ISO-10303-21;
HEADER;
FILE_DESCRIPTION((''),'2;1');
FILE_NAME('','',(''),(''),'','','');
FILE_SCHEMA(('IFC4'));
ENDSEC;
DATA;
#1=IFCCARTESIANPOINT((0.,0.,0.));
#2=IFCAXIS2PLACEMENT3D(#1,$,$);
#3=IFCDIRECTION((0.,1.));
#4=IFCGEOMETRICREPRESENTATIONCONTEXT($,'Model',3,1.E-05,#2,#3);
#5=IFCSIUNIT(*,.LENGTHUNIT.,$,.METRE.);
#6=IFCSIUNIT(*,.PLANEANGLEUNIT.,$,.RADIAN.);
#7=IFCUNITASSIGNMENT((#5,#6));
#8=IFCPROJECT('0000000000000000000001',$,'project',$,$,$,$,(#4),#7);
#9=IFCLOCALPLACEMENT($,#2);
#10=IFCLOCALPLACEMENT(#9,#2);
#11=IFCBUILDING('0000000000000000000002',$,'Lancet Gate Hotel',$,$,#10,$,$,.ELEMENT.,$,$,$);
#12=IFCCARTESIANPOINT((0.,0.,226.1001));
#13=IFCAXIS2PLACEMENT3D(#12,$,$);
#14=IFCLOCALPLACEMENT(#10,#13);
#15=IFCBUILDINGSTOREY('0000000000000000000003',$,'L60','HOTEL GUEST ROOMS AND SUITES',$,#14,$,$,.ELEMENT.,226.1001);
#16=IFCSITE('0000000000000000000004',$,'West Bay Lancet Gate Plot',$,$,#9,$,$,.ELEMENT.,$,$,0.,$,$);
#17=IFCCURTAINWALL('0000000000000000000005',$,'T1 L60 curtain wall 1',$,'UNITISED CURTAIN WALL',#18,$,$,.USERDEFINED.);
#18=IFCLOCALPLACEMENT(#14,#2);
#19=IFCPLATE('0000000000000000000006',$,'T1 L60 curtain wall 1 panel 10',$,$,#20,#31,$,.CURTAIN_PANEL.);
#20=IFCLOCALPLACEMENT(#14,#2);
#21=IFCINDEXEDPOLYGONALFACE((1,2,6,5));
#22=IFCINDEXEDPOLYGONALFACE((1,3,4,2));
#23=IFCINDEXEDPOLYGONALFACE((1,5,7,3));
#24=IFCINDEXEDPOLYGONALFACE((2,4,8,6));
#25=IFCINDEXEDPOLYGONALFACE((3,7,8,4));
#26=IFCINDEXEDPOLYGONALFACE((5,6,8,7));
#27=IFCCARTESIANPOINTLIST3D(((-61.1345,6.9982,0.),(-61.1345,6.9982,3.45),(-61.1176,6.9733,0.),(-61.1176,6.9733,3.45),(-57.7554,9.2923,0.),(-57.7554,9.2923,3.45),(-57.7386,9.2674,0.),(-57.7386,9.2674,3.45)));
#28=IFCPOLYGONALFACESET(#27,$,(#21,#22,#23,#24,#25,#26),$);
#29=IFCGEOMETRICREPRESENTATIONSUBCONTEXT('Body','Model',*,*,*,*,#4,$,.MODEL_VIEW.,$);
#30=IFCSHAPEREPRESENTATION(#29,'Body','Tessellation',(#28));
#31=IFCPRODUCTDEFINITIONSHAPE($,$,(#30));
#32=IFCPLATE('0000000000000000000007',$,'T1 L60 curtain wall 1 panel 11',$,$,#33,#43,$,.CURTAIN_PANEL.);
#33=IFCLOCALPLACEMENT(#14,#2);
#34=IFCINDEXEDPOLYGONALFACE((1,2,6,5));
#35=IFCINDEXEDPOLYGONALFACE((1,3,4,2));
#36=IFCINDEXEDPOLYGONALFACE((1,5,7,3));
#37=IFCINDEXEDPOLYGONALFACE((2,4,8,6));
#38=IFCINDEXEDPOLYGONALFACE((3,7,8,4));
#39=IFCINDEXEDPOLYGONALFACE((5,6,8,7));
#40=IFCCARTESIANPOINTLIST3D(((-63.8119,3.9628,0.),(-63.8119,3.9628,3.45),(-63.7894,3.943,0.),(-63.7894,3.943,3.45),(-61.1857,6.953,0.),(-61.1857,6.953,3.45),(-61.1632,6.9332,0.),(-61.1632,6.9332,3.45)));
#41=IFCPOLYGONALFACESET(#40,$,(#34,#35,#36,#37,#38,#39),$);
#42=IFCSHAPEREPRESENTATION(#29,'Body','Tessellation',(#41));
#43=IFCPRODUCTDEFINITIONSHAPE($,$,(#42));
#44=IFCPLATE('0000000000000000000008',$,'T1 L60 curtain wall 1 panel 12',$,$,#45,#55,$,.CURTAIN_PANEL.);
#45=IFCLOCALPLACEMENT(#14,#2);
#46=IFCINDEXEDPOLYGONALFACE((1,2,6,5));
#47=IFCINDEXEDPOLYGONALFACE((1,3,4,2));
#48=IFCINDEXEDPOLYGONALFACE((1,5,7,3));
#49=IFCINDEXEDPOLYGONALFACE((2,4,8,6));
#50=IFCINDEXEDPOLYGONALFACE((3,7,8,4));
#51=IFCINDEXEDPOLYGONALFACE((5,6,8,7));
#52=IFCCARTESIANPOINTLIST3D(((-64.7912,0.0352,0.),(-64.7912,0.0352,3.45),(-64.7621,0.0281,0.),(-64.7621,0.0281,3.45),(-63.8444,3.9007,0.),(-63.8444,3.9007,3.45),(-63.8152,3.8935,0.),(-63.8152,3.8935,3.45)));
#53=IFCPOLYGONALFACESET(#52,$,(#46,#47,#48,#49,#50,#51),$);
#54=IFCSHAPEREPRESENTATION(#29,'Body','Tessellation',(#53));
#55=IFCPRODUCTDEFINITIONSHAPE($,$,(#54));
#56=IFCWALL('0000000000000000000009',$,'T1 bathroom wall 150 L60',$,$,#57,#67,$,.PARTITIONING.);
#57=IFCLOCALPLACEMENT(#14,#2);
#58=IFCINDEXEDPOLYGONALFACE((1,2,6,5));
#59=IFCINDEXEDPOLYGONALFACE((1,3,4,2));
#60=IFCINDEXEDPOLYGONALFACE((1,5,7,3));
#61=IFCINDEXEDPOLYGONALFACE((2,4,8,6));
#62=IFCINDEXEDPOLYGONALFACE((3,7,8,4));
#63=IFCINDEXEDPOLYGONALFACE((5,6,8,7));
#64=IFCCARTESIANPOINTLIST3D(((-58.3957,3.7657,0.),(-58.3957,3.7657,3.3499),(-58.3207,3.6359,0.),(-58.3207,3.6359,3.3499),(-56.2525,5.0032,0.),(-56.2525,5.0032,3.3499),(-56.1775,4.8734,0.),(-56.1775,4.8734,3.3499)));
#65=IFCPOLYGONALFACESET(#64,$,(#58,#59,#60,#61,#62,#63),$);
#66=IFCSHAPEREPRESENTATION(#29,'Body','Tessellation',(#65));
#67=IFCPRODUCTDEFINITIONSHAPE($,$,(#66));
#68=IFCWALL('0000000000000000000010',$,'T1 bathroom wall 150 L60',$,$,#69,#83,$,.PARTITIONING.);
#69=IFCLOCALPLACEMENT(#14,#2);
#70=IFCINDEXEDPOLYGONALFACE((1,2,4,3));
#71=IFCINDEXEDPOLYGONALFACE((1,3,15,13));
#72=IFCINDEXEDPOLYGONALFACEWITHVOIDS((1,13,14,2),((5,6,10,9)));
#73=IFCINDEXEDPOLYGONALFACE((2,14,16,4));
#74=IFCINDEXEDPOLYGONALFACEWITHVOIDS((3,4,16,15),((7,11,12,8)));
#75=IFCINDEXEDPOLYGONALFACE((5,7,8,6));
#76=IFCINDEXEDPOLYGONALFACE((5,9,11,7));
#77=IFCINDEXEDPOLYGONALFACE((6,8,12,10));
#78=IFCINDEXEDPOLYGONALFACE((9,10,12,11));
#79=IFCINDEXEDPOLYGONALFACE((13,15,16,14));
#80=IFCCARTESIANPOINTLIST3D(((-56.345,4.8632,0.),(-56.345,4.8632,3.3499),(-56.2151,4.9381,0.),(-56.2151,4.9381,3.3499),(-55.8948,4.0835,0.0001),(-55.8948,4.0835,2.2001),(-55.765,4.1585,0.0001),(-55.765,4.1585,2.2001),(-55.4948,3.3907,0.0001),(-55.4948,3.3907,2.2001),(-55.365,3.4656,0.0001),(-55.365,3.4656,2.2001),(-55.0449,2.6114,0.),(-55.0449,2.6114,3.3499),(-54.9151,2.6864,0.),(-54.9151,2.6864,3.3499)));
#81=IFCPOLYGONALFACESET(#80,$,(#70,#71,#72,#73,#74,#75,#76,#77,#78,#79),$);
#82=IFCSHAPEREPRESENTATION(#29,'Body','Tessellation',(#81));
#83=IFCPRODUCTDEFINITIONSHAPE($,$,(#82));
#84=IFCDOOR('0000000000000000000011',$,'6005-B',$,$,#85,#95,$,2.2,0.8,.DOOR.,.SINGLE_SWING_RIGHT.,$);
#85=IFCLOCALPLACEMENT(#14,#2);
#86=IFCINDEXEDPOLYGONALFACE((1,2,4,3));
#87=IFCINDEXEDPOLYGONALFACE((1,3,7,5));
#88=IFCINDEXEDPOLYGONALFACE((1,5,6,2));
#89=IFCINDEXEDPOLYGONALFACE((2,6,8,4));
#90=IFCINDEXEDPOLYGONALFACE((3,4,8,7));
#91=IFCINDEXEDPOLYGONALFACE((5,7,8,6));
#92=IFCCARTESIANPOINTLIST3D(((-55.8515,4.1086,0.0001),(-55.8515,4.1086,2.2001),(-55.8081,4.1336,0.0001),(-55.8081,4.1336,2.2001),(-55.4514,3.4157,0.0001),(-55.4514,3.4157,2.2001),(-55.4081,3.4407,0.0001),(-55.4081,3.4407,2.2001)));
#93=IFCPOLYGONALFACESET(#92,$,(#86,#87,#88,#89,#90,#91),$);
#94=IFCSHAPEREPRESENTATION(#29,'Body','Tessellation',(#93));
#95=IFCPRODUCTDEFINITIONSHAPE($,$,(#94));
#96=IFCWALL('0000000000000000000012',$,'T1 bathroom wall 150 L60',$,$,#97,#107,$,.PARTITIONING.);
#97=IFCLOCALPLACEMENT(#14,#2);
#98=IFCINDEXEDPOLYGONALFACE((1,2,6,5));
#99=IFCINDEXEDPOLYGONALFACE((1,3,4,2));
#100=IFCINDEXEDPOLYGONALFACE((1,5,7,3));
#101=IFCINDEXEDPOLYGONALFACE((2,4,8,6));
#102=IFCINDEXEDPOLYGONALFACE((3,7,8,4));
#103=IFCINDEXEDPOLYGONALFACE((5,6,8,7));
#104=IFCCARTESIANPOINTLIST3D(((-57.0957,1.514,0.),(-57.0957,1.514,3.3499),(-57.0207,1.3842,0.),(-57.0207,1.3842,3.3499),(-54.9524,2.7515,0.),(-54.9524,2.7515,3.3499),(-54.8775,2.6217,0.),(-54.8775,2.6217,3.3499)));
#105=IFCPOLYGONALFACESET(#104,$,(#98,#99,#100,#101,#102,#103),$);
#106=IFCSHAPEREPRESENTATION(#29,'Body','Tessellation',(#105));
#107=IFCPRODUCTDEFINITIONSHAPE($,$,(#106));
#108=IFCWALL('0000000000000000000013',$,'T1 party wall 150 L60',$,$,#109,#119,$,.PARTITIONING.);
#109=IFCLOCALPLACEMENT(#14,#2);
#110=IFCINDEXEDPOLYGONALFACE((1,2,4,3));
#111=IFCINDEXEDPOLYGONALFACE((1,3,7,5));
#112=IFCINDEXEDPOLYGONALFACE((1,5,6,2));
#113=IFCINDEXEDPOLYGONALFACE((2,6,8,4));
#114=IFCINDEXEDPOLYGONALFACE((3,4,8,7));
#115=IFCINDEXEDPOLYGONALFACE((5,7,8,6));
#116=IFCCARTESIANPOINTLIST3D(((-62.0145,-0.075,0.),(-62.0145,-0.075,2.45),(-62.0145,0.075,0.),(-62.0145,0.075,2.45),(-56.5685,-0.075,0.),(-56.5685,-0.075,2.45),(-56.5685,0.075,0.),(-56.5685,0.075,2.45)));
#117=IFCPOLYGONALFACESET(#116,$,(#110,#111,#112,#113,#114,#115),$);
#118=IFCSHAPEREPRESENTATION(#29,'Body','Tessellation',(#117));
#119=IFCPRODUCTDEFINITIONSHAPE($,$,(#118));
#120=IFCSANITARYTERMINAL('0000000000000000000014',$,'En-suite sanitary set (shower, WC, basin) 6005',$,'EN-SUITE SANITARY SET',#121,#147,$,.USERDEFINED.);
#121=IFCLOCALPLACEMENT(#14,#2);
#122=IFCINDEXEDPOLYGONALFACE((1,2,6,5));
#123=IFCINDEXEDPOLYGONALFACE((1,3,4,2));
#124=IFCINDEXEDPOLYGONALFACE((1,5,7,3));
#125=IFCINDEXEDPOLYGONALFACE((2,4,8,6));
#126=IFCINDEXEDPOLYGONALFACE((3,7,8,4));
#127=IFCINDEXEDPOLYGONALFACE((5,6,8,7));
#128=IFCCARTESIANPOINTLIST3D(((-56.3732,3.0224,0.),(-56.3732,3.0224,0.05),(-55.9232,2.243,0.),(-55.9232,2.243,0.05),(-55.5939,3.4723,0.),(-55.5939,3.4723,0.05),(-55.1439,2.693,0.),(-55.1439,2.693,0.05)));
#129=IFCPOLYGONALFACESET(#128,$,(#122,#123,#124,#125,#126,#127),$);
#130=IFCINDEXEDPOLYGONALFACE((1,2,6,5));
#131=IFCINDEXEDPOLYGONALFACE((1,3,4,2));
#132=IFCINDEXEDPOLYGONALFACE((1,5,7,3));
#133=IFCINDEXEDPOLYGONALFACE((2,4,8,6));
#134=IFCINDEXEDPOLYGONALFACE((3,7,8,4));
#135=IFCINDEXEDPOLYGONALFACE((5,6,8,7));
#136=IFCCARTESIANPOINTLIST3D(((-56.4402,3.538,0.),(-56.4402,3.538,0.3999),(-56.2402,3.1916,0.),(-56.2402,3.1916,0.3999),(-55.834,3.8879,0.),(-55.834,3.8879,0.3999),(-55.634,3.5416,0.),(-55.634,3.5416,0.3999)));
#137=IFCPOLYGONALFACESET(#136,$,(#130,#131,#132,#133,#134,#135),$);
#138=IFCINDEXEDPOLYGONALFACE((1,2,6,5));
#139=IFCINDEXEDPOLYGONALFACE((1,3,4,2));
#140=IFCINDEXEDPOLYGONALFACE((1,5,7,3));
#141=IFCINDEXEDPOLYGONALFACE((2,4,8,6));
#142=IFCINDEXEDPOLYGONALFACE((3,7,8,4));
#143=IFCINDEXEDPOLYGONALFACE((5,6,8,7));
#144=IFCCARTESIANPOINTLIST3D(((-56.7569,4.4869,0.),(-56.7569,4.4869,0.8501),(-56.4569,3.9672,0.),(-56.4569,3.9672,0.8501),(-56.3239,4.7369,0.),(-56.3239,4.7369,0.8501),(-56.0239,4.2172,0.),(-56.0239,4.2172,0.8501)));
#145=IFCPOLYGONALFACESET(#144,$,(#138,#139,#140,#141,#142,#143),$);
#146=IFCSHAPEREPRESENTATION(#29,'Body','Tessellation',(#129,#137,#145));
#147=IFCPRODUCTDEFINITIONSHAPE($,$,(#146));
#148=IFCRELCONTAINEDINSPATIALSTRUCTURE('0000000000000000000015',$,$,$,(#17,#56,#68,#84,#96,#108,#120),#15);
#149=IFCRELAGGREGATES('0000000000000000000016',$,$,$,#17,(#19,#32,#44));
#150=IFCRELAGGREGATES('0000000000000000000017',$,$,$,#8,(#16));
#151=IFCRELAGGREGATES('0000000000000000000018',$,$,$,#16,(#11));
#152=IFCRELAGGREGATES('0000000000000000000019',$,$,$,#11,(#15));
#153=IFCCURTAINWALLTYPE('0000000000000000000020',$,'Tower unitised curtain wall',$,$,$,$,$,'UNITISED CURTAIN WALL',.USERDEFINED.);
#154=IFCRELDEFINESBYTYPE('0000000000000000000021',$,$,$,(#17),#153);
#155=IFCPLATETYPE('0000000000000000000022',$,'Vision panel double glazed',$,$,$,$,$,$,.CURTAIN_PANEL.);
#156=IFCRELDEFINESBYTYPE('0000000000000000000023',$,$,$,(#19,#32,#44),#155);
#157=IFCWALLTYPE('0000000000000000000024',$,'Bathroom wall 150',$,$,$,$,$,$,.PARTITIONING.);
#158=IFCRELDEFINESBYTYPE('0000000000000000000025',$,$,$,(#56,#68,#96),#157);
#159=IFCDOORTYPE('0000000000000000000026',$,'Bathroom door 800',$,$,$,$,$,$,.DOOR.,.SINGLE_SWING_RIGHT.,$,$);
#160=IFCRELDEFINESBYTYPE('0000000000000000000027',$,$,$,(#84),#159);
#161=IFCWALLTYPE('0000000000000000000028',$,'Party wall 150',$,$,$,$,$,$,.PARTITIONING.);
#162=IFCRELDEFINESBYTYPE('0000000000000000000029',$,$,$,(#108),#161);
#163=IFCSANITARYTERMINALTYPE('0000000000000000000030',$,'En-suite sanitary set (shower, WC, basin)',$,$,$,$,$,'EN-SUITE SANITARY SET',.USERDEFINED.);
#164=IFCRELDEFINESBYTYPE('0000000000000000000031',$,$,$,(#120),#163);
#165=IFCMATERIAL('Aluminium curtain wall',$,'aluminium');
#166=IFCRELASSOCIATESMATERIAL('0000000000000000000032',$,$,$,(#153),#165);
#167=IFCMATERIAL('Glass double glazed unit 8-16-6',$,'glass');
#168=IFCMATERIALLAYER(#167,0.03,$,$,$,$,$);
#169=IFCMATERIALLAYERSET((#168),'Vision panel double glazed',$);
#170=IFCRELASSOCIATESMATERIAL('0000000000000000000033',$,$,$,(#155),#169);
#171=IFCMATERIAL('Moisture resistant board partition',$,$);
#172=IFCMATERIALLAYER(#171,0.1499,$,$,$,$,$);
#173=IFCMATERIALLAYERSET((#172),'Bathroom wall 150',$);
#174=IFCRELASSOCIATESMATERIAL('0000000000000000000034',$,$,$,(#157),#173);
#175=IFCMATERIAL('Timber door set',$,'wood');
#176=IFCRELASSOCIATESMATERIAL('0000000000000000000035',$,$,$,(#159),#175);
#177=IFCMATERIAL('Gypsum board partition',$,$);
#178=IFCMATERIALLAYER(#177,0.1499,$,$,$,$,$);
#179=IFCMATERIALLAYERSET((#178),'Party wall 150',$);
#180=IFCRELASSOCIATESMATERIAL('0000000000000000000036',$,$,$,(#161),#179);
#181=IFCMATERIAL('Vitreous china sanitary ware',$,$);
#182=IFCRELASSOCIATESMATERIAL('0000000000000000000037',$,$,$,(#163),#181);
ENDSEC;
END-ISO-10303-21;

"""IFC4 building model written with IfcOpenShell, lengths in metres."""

from ifc_helpers import new_model, si_unit, direction, frame, frame_2d, origin, origin_2d, place, context, subcontext, project, spatial, rectangle, extrude, material, layer, layer_set, type_object, element, fill, aggregate, save


model = new_model("IFC4")

# Units and contexts
model_context = context("Model", 3, precision=1e-05, world=origin(), true_north=direction((0.0, 1.0)))
body_context = subcontext(model_context, "Body", "Model", "MODEL_VIEW")
ifc_project = project(units=[si_unit("LENGTHUNIT", "METRE"), si_unit("PLANEANGLEUNIT", "RADIAN")], contexts=[model_context])

# Site, building, storey
site_placement = place(None, origin())
site = spatial("IfcSite", under=ifc_project, at=site_placement, Name="West Bay Lancet Gate Plot", CompositionType="ELEMENT", RefElevation=0.0)
building_placement = place(site_placement, origin())
building = spatial("IfcBuilding", under=site, at=building_placement, Name="Lancet Gate Hotel", CompositionType="ELEMENT")
storey_placement = place(building_placement, frame((0.0, 0.0, 226.1001)))
storey = spatial("IfcBuildingStorey", under=building, at=storey_placement, Name="L60", Description="HOTEL GUEST ROOMS AND SUITES", CompositionType="ELEMENT", Elevation=226.1001)

# Curtain wall
ifc_material_1 = material(Name="Aluminium curtain wall", Category="aluminium")
curtain_wall_type = type_object("IfcCurtainWallType", Name="Tower unitised curtain wall", ElementType="UNITISED CURTAIN WALL", PredefinedType="USERDEFINED", material=ifc_material_1)
curtain_wall_placement = place(storey_placement, origin())
curtain_wall = element("IfcCurtainWall", 1, at=curtain_wall_placement, inside=storey, type_object=curtain_wall_type, Name="T1 L60 curtain wall 1", ObjectType="UNITISED CURTAIN WALL", PredefinedType="USERDEFINED")

# Plates
ifc_material_2 = material(Name="Glass double glazed unit 8-16-6", Category="glass")
ifc_layer_1 = layer(ifc_material_2, 0.03)
ifc_layer_set_1 = layer_set([ifc_layer_1], Name="Vision panel double glazed")
plate_type = type_object("IfcPlateType", Name="Vision panel double glazed", PredefinedType="CURTAIN_PANEL", material=ifc_layer_set_1)
plate_1_placement = place(storey_placement, frame((-59.4365, 8.1328, 0.0), z_axis=(0.0, 0.0, 1.0), x_axis=(-0.827342, -0.561698, 0.0)))
plate_1 = element("IfcPlate", 2, at=plate_1_placement, type_object=plate_type, Name="T1 L60 curtain wall 1 panel 10", PredefinedType="CURTAIN_PANEL", context=body_context, shape_type="SweptSolid", body=[
    extrude(rectangle(XDim=4.0842, YDim=0.03, at=origin_2d()), origin(), (0.0, 0.0, 1.0), 3.45),
])
plate_2_placement = place(storey_placement, frame((-62.4875, 5.448, 0.0), z_axis=(0.0, 0.0, 1.0), x_axis=(-0.659892, -0.751361, 0.0)))
plate_2 = element("IfcPlate", 3, at=plate_2_placement, type_object=plate_type, Name="T1 L60 curtain wall 1 panel 11", PredefinedType="CURTAIN_PANEL", context=body_context, shape_type="SweptSolid", body=[
    extrude(rectangle(XDim=3.9797, YDim=0.03, at=origin_2d()), origin(), (0.0, 0.0, 1.0), 3.45),
])
plate_3_placement = place(storey_placement, frame((-64.3032, 1.9644, 0.0), z_axis=(0.0, 0.0, 1.0), x_axis=(-0.237921, -0.971285, 0.0)))
plate_3 = element("IfcPlate", 4, at=plate_3_placement, type_object=plate_type, Name="T1 L60 curtain wall 1 panel 12", PredefinedType="CURTAIN_PANEL", context=body_context, shape_type="SweptSolid", body=[
    extrude(rectangle(XDim=3.9797, YDim=0.03, at=origin_2d()), origin(), (0.0, 0.0, 1.0), 3.45),
])
aggregate(curtain_wall, [plate_1, plate_2, plate_3])

# Wall
ifc_material_3 = material(Name="Moisture resistant board partition")
ifc_layer_2 = layer(ifc_material_3, 0.1499)
ifc_layer_set_2 = layer_set([ifc_layer_2], Name="Bathroom wall 150")
wall_type_1 = type_object("IfcWallType", Name="Bathroom wall 150", PredefinedType="PARTITIONING", material=ifc_layer_set_2)
wall_1_placement = place(storey_placement, frame((-56.2151, 4.9382, 0.0), z_axis=(0.0, 0.0, 1.0), x_axis=(-0.866007, -0.500033, 0.0)))
element("IfcWall", 5, at=wall_1_placement, inside=storey, type_object=wall_type_1, Name="T1 bathroom wall 150 L60", PredefinedType="PARTITIONING", context=body_context, shape_type="SweptSolid", body=[
    extrude(rectangle(XDim=2.4749, YDim=0.1499, at=frame_2d((1.2373, 0.0))), origin(), (0.0, 0.0, 1.0), 3.3499),
])

# Wall, opening, door
wall_2_placement = place(storey_placement, frame((-54.98, 2.6489, 0.0), z_axis=(0.0, 0.0, 1.0), x_axis=(-0.500007, 0.866021, 0.0)))
wall_2 = element("IfcWall", 6, at=wall_2_placement, inside=storey, type_object=wall_type_1, Name="T1 bathroom wall 150 L60", PredefinedType="PARTITIONING", context=body_context, shape_type="SweptSolid", body=[
    extrude(rectangle(XDim=2.6001, YDim=0.1499, at=frame_2d((1.3, 0.0))), origin(), (0.0, 0.0, 1.0), 3.3499),
])
opening_placement = place(wall_2_placement, frame((0.8999, 0.0, 0.0)))
opening = element("IfcOpeningElement", 7, at=opening_placement, cuts=wall_2, PredefinedType="OPENING", context=body_context, shape_type="SweptSolid", body=[
    extrude(rectangle(XDim=0.8, YDim=2.2, at=frame_2d((0.3999, 1.1001))), frame((0.0, 0.085, 0.0), z_axis=(0.0, -1.0, 0.0), x_axis=(1.0, 0.0, 0.0)), (0.0, 0.0, 1.0), 0.1699),
])
ifc_material_4 = material(Name="Timber door set", Category="wood")
door_type = type_object("IfcDoorType", Name="Bathroom door 800", OperationType="SINGLE_SWING_RIGHT", PredefinedType="DOOR", material=ifc_material_4)
door_placement = place(opening_placement, origin())
door = element("IfcDoor", 8, at=door_placement, inside=storey, type_object=door_type, Name="6005-B", OperationType="SINGLE_SWING_RIGHT", OverallHeight=2.2, OverallWidth=0.8, PredefinedType="DOOR", context=body_context, shape_type="SweptSolid", body=[
    extrude(rectangle(XDim=0.8, YDim=2.2, at=frame_2d((0.3999, 1.1001))), frame((0.0, 0.0249, 0.0), z_axis=(0.0, -1.0, 0.0), x_axis=(1.0, 0.0, 0.0)), (0.0, 0.0, 1.0), 0.05),
])
fill(opening, door)

# Walls
wall_3_placement = place(storey_placement, frame((-54.915, 2.6865, 0.0), z_axis=(0.0, 0.0, 1.0), x_axis=(-0.866007, -0.500033, 0.0)))
element("IfcWall", 9, at=wall_3_placement, inside=storey, type_object=wall_type_1, Name="T1 bathroom wall 150 L60", PredefinedType="PARTITIONING", context=body_context, shape_type="SweptSolid", body=[
    extrude(rectangle(XDim=2.4749, YDim=0.1499, at=frame_2d((1.2373, 0.0))), origin(), (0.0, 0.0, 1.0), 3.3499),
])
ifc_material_5 = material(Name="Gypsum board partition")
ifc_layer_3 = layer(ifc_material_5, 0.1499)
ifc_layer_set_3 = layer_set([ifc_layer_3], Name="Party wall 150")
wall_type_2 = type_object("IfcWallType", Name="Party wall 150", PredefinedType="PARTITIONING", material=ifc_layer_set_3)
wall_4_placement = place(storey_placement, frame((-56.5684, 0.0, 0.0), z_axis=(0.0, 0.0, 1.0), x_axis=(-1.0, 0.0, 0.0)))
element("IfcWall", 10, at=wall_4_placement, inside=storey, type_object=wall_type_2, Name="T1 party wall 150 L60", PredefinedType="PARTITIONING", context=body_context, shape_type="SweptSolid", body=[
    extrude(rectangle(XDim=5.446, YDim=0.1499, at=frame_2d((2.7231, 0.0))), origin(), (0.0, 0.0, 1.0), 2.45),
])

# Sanitary terminal
ifc_material_6 = material(Name="Vitreous china sanitary ware")
sanitary_terminal_type = type_object("IfcSanitaryTerminalType", Name="En-suite sanitary set (shower, WC, basin)", ElementType="EN-SUITE SANITARY SET", PredefinedType="USERDEFINED", material=ifc_material_6)
sanitary_terminal_placement = place(storey_placement, frame((-55.7585, 2.8577, 0.0), z_axis=(0.0, 0.0, 1.0), x_axis=(1.0, 0.0, 0.0)))
element("IfcSanitaryTerminal", 11, at=sanitary_terminal_placement, inside=storey, type_object=sanitary_terminal_type, Name="En-suite sanitary set (shower, WC, basin) 6005", ObjectType="EN-SUITE SANITARY SET", PredefinedType="USERDEFINED", context=body_context, shape_type="SweptSolid", body=[
    extrude(rectangle(XDim=0.8999, YDim=0.8999, at=origin_2d()), frame((0.0, 0.0, 0.0), z_axis=(0.0, 0.0, 1.0), x_axis=(0.5, -0.866025, 0.0)), (0.0, 0.0, 1.0), 0.05),
    extrude(rectangle(XDim=0.3999, YDim=0.7, at=origin_2d()), frame((-0.2786, 0.6821, 0.0), z_axis=(0.0, 0.0, 1.0), x_axis=(0.5, -0.866025, 0.0)), (0.0, 0.0, 1.0), 0.3999),
    extrude(rectangle(XDim=0.6001, YDim=0.5, at=origin_2d()), frame((-0.6318, 1.4944, 0.0), z_axis=(0.0, 0.0, 1.0), x_axis=(0.5, -0.866025, 0.0)), (0.0, 0.0, 1.0), 0.8501),
])

save(model, "model.ifc")
